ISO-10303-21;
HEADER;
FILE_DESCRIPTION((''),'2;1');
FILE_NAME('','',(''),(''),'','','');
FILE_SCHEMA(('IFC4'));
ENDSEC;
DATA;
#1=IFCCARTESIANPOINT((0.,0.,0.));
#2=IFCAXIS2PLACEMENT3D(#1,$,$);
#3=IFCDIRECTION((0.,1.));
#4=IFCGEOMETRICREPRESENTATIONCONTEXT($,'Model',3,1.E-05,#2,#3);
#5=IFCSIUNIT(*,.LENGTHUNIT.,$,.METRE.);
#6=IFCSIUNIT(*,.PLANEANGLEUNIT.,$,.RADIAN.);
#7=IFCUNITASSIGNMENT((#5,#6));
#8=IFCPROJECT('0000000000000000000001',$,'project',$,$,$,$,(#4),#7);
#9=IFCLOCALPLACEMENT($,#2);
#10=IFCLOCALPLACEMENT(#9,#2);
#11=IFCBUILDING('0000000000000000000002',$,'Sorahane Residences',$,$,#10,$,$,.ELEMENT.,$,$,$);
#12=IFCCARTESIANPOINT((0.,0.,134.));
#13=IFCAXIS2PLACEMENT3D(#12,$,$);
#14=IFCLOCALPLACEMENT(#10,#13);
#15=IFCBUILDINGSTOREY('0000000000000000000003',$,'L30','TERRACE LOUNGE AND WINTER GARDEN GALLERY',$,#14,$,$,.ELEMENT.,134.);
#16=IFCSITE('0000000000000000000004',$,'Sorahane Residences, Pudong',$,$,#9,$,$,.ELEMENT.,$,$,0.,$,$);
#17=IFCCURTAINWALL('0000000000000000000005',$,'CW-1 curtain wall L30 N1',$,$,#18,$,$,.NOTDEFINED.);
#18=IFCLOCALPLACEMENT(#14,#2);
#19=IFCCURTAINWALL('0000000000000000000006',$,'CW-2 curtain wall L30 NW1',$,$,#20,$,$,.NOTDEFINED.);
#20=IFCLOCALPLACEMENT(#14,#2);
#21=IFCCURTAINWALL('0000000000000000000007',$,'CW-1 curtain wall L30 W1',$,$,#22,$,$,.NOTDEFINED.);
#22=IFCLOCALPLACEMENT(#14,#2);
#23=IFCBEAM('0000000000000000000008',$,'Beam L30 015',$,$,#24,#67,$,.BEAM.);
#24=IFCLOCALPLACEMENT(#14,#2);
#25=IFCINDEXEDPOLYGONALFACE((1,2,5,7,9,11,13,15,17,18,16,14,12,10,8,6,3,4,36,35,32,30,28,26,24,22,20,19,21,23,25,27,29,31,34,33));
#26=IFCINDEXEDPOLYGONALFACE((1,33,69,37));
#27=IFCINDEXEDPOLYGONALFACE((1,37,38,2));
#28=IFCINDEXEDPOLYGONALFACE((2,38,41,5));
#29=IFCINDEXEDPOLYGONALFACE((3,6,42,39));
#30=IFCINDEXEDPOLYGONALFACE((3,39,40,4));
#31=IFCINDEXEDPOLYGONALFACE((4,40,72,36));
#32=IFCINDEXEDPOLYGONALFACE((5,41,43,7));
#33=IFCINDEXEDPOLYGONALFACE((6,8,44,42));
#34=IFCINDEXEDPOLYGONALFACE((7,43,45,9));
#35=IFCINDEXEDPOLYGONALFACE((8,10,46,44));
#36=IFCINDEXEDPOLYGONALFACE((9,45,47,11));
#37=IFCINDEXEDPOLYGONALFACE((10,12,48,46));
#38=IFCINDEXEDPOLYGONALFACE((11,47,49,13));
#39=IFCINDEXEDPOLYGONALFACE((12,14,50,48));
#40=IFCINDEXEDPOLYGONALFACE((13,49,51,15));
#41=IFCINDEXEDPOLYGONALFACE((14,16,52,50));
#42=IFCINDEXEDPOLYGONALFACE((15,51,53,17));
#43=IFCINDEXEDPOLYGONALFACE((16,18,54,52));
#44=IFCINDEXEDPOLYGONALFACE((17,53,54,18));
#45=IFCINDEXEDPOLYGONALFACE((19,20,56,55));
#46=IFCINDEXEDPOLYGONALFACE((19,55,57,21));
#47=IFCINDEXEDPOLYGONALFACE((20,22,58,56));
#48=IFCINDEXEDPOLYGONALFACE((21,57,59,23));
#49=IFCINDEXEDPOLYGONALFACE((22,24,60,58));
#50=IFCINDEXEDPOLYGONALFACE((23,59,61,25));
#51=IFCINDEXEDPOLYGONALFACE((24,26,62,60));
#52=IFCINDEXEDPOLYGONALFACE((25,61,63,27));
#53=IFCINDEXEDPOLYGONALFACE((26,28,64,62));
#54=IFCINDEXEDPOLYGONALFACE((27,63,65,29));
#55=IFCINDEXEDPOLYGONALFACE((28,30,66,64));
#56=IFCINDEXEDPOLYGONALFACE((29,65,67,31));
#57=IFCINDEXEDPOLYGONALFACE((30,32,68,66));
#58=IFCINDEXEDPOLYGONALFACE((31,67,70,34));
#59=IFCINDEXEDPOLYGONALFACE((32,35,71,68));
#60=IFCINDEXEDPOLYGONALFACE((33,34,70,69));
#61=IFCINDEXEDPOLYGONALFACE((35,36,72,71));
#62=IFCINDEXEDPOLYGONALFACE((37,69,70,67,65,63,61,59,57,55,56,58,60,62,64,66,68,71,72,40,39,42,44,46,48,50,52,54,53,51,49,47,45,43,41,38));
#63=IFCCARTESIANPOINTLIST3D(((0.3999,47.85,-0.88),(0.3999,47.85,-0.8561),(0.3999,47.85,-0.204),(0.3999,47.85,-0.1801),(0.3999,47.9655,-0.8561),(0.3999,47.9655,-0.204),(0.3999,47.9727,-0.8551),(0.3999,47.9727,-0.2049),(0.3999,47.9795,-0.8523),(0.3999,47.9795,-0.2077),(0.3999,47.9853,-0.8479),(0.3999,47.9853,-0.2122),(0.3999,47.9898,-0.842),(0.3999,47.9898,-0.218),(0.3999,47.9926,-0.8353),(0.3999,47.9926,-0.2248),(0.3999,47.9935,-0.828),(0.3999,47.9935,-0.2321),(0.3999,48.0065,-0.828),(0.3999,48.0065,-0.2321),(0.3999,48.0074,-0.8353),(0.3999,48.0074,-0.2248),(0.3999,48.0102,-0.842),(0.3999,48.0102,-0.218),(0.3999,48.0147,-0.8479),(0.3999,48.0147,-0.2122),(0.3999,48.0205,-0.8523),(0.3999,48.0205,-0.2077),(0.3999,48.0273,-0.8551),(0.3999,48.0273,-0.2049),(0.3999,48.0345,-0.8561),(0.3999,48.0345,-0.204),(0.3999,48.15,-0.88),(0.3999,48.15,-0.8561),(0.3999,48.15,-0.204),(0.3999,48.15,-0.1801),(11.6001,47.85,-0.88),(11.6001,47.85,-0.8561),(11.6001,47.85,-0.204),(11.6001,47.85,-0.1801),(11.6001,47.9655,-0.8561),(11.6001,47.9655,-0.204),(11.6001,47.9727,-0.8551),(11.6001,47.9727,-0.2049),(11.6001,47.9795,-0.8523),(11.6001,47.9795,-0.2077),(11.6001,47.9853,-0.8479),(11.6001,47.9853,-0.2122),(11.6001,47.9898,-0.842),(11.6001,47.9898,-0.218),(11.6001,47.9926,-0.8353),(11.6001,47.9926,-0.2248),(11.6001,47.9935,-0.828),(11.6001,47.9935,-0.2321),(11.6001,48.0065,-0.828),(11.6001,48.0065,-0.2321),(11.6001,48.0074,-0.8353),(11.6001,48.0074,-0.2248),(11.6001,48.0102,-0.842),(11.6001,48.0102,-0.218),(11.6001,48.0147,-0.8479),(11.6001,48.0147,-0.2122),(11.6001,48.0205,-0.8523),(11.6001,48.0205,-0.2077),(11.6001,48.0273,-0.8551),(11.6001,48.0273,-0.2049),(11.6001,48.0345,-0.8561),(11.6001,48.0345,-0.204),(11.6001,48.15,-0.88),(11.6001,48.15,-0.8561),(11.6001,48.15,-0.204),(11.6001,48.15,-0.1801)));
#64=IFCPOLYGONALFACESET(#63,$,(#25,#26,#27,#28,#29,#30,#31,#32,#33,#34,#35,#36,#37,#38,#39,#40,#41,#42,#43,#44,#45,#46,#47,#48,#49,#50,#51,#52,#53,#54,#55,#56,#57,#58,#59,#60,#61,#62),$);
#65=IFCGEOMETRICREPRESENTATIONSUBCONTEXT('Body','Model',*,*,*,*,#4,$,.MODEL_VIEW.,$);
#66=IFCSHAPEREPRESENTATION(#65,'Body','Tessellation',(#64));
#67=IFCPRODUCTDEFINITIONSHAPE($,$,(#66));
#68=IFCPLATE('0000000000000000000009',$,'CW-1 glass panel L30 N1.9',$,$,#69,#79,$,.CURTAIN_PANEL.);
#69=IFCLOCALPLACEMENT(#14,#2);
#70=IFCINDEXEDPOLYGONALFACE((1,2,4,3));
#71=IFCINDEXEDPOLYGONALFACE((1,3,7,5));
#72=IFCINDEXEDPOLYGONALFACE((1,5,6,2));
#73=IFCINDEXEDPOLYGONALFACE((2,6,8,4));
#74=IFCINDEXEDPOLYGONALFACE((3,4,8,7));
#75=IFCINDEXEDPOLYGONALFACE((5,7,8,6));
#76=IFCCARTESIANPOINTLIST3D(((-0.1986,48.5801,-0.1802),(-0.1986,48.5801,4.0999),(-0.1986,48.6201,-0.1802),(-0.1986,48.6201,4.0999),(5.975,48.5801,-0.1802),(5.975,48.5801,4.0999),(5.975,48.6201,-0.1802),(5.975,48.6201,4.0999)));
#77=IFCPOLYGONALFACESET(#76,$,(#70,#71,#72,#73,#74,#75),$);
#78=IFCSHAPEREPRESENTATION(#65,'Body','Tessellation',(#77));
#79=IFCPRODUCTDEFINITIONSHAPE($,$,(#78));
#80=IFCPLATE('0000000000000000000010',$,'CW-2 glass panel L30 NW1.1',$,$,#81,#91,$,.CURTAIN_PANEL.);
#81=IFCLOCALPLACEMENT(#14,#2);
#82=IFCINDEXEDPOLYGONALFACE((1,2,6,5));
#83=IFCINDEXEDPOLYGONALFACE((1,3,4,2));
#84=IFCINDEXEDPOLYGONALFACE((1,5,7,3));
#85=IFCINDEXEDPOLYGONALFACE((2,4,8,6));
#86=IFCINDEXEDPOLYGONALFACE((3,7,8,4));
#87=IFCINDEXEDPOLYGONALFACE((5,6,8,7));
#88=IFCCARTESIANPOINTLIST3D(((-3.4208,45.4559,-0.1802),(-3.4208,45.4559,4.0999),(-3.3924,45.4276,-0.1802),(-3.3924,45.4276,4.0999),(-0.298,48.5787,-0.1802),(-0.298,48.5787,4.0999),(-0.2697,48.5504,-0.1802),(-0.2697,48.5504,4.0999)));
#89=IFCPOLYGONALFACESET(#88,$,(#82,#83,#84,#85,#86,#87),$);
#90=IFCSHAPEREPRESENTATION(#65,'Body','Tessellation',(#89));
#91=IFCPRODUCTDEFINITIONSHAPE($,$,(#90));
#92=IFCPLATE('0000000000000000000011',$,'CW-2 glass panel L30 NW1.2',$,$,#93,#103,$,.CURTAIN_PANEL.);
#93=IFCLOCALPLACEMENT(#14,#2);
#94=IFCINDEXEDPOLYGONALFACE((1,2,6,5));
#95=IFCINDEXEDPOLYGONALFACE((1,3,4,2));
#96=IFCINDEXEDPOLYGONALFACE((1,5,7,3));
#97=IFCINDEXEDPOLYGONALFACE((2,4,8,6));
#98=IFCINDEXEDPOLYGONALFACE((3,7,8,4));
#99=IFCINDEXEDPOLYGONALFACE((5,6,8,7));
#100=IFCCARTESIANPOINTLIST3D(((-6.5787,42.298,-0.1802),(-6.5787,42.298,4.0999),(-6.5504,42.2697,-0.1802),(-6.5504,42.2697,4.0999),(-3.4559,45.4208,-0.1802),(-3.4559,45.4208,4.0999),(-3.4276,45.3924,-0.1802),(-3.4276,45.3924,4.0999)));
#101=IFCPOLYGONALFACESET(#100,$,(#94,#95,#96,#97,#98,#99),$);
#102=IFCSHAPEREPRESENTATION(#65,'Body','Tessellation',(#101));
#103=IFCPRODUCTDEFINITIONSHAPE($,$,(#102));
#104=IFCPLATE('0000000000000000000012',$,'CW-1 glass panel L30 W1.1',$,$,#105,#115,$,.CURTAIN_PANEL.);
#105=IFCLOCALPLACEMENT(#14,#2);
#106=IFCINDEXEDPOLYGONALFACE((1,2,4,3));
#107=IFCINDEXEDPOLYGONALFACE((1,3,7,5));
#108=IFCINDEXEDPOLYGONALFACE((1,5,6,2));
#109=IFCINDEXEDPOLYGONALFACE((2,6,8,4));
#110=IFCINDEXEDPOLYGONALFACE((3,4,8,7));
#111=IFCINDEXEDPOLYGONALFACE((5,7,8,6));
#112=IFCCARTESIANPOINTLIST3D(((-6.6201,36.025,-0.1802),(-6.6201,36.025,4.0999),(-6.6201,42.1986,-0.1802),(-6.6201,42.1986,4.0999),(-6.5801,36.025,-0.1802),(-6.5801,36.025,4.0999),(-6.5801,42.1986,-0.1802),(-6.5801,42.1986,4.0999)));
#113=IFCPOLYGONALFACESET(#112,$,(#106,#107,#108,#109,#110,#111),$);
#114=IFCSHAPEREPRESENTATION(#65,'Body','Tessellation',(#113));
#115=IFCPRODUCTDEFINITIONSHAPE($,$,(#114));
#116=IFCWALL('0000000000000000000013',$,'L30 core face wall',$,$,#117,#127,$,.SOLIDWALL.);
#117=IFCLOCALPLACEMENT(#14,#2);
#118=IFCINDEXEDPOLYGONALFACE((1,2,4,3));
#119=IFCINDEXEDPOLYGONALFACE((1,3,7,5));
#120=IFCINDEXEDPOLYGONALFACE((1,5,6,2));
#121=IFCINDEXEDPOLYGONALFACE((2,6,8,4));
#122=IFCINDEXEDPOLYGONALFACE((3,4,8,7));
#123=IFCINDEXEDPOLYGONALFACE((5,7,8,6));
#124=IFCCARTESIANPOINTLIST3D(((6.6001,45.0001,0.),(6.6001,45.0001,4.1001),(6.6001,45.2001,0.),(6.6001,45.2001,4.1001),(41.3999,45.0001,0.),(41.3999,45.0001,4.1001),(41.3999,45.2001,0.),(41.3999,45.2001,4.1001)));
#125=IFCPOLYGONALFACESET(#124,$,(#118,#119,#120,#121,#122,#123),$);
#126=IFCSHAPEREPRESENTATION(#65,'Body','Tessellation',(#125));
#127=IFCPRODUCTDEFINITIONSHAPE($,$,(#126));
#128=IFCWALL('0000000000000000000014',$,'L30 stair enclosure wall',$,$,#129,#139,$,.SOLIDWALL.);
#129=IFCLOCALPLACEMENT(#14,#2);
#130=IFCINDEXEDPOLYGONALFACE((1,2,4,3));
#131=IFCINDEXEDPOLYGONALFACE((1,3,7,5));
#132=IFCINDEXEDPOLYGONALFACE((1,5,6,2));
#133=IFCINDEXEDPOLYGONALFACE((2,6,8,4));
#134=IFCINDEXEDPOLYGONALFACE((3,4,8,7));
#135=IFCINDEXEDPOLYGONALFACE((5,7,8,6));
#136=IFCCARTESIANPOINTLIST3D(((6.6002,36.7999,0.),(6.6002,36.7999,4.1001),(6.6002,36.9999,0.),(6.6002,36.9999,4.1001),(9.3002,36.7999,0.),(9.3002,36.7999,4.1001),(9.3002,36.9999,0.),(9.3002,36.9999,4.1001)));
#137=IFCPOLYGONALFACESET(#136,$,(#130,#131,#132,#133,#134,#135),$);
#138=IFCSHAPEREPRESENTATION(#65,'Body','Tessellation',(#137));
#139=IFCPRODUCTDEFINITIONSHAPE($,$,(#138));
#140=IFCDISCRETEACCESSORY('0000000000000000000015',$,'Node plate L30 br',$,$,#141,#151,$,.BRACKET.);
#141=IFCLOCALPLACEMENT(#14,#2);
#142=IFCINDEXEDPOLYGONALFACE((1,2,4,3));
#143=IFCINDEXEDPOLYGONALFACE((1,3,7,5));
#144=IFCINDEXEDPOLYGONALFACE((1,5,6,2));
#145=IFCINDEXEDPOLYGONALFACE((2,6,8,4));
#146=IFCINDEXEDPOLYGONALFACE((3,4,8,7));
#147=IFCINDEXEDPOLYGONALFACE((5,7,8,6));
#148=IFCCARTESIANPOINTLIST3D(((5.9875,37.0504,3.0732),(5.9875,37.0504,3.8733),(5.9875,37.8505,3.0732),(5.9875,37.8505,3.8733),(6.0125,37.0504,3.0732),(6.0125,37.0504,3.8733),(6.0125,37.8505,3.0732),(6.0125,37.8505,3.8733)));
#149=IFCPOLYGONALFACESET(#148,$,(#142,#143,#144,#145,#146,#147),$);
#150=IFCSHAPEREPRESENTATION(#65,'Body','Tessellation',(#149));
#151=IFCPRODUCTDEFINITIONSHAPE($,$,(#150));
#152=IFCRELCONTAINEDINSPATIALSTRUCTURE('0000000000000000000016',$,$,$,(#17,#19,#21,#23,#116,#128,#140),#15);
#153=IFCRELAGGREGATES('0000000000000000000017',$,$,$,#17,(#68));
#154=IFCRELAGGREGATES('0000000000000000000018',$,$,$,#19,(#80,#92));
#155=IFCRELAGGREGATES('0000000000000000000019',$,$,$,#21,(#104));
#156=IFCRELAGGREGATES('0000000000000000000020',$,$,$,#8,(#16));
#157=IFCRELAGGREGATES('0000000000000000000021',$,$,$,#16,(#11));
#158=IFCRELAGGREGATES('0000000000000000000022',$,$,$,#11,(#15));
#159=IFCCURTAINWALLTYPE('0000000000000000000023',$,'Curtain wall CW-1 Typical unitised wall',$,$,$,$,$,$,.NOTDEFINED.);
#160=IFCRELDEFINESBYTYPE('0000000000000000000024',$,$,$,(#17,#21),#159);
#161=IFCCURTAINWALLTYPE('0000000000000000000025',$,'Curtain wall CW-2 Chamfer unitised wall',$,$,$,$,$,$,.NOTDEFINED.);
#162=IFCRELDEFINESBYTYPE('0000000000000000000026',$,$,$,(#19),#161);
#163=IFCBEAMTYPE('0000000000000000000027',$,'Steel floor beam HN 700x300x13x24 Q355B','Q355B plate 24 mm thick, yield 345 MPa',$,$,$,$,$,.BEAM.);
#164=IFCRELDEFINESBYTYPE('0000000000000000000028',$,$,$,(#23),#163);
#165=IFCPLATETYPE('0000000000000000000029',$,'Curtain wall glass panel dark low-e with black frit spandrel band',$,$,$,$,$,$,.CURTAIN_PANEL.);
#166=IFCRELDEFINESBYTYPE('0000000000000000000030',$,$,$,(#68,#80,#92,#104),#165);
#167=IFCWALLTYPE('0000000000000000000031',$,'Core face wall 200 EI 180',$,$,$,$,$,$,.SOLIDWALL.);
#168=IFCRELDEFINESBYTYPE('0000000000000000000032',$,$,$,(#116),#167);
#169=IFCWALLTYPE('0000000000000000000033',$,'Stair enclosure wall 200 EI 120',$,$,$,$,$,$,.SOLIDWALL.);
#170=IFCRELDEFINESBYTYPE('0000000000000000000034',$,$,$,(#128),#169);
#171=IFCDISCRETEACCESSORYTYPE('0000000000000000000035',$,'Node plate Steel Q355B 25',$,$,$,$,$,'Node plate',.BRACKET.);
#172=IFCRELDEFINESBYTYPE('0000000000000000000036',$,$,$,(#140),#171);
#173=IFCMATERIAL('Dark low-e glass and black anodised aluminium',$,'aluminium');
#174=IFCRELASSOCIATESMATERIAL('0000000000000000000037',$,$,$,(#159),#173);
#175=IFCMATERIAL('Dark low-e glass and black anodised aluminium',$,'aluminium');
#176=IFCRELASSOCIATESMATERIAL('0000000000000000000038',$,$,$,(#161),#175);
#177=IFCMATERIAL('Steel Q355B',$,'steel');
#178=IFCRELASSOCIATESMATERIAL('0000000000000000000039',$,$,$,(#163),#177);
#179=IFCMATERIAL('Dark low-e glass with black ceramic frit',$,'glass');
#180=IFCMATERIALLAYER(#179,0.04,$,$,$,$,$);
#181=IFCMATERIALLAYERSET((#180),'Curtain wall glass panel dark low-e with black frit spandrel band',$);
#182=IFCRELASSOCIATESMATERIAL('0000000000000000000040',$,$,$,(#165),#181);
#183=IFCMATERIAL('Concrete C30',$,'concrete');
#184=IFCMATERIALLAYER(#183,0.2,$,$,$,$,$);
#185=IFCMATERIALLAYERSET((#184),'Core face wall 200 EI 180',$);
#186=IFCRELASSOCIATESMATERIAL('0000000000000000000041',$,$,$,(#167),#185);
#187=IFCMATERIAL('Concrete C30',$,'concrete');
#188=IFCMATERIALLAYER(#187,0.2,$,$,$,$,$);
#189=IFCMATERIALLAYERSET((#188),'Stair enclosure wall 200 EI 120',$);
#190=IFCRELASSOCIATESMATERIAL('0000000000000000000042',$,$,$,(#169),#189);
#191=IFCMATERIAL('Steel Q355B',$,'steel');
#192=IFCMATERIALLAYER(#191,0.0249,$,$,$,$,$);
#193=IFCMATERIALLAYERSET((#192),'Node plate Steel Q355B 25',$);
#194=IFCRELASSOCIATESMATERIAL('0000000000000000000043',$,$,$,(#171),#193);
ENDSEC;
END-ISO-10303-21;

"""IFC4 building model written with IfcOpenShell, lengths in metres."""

from ifc_helpers import new_model, si_unit, direction, frame, frame_2d, origin, origin_2d, place, context, subcontext, project, spatial, rectangle, i_section, extrude, material, layer, layer_set, material_profile, profile_set, type_object, element, aggregate, save


model = new_model("IFC4")

# Units and contexts
model_context = context("Model", 3, precision=1e-05, world=origin(), true_north=direction((0.0, 1.0)))
body_context = subcontext(model_context, "Body", "Model", "MODEL_VIEW")
ifc_project = project(units=[si_unit("LENGTHUNIT", "METRE"), si_unit("PLANEANGLEUNIT", "RADIAN")], contexts=[model_context])

# Site, building, storey
site_placement = place(None, origin())
site = spatial("IfcSite", under=ifc_project, at=site_placement, Name="Sorahane Residences, Pudong", CompositionType="ELEMENT", RefElevation=0.0)
building_placement = place(site_placement, origin())
building = spatial("IfcBuilding", under=site, at=building_placement, Name="Sorahane Residences", CompositionType="ELEMENT")
storey_placement = place(building_placement, frame((0.0, 0.0, 134.0)))
storey = spatial("IfcBuildingStorey", under=building, at=storey_placement, Name="L30", Description="TERRACE LOUNGE AND WINTER GARDEN GALLERY", CompositionType="ELEMENT", Elevation=134.0)

# Curtain walls
ifc_material_1 = material(Name="Dark low-e glass and black anodised aluminium", Category="aluminium")
curtain_wall_type_1 = type_object("IfcCurtainWallType", Name="Curtain wall CW-1 Typical unitised wall", PredefinedType="NOTDEFINED", material=ifc_material_1)
curtain_wall_1_placement = place(storey_placement, origin())
curtain_wall_1 = element("IfcCurtainWall", 1, at=curtain_wall_1_placement, inside=storey, type_object=curtain_wall_type_1, Name="CW-1 curtain wall L30 N1", PredefinedType="NOTDEFINED")
ifc_material_2 = material(Name="Dark low-e glass and black anodised aluminium", Category="aluminium")
curtain_wall_type_2 = type_object("IfcCurtainWallType", Name="Curtain wall CW-2 Chamfer unitised wall", PredefinedType="NOTDEFINED", material=ifc_material_2)
curtain_wall_2_placement = place(storey_placement, origin())
curtain_wall_2 = element("IfcCurtainWall", 2, at=curtain_wall_2_placement, inside=storey, type_object=curtain_wall_type_2, Name="CW-2 curtain wall L30 NW1", PredefinedType="NOTDEFINED")

# Curtain wall
curtain_wall_3_placement = place(storey_placement, origin())
curtain_wall_3 = element("IfcCurtainWall", 3, at=curtain_wall_3_placement, inside=storey, type_object=curtain_wall_type_1, Name="CW-1 curtain wall L30 W1", PredefinedType="NOTDEFINED")

# Beam
ifc_material_3 = material(Name="Steel Q355B", Category="steel")
ifc_material_profile_1 = material_profile(ifc_material_3, i_section(OverallWidth=0.3, OverallDepth=0.7, WebThickness=0.0129, FlangeThickness=0.0239, FilletRadius=0.0281, at=origin_2d()), Name="HN 700x300x13x24")
ifc_profile_set_1 = profile_set([ifc_material_profile_1], Name="Steel Q355B")
beam_type_1 = type_object("IfcBeamType", Name="Steel floor beam HN 700x300x13x24 Q355B", Description="Q355B plate 24 mm thick, yield 345 MPa", PredefinedType="BEAM", material=ifc_profile_set_1)
beam_1_placement = place(storey_placement, frame((0.3999, 48.0, -0.53), z_axis=(1.0, 0.0, 0.0), x_axis=(0.0, 1.0, 0.0)))
element("IfcBeam", 4, at=beam_1_placement, inside=storey, type_object=beam_type_1, Name="Beam L30 015", PredefinedType="BEAM", context=body_context, shape_type="SweptSolid", body=[
    extrude(i_section(OverallWidth=0.3, OverallDepth=0.7, WebThickness=0.0129, FlangeThickness=0.0239, FilletRadius=0.0281, at=origin_2d()), origin(), (0.0, 0.0, 1.0), 11.2002),
])

# Plates
ifc_material_4 = material(Name="Dark low-e glass with black ceramic frit", Category="glass")
ifc_layer_1 = layer(ifc_material_4, 0.04)
ifc_layer_set_1 = layer_set([ifc_layer_1], Name="Curtain wall glass panel dark low-e with black frit spandrel band")
plate_type = type_object("IfcPlateType", Name="Curtain wall glass panel dark low-e with black frit spandrel band", PredefinedType="CURTAIN_PANEL", material=ifc_layer_set_1)
plate_1_placement = place(storey_placement, frame((2.8882, 48.6001, -0.1802), z_axis=(0.0, 0.0, 1.0), x_axis=(-1.0, 0.0, 0.0)))
plate_1 = element("IfcPlate", 5, at=plate_1_placement, type_object=plate_type, Name="CW-1 glass panel L30 N1.9", PredefinedType="CURTAIN_PANEL", context=body_context, shape_type="SweptSolid", body=[
    extrude(rectangle(XDim=6.1736, YDim=0.04, at=origin_2d()), origin(), (0.0, 0.0, 1.0), 4.28),
])
aggregate(curtain_wall_1, [plate_1])
plate_2_placement = place(storey_placement, frame((-1.8452, 47.0032, -0.1802), z_axis=(0.0, 0.0, 1.0), x_axis=(-0.707107, -0.707107, 0.0)))
plate_2 = element("IfcPlate", 6, at=plate_2_placement, type_object=plate_type, Name="CW-2 glass panel L30 NW1.1", PredefinedType="CURTAIN_PANEL", context=body_context, shape_type="SweptSolid", body=[
    extrude(rectangle(XDim=4.4163, YDim=0.04, at=origin_2d()), origin(), (0.0, 0.0, 1.0), 4.28),
])
plate_3_placement = place(storey_placement, frame((-5.0032, 43.8452, -0.1802), z_axis=(0.0, 0.0, 1.0), x_axis=(-0.707107, -0.707107, 0.0)))
plate_3 = element("IfcPlate", 7, at=plate_3_placement, type_object=plate_type, Name="CW-2 glass panel L30 NW1.2", PredefinedType="CURTAIN_PANEL", context=body_context, shape_type="SweptSolid", body=[
    extrude(rectangle(XDim=4.4163, YDim=0.04, at=origin_2d()), origin(), (0.0, 0.0, 1.0), 4.28),
])
aggregate(curtain_wall_2, [plate_2, plate_3])
plate_4_placement = place(storey_placement, frame((-6.6001, 39.1118, -0.1802), z_axis=(0.0, 0.0, 1.0), x_axis=(0.0, -1.0, 0.0)))
plate_4 = element("IfcPlate", 8, at=plate_4_placement, type_object=plate_type, Name="CW-1 glass panel L30 W1.1", PredefinedType="CURTAIN_PANEL", context=body_context, shape_type="SweptSolid", body=[
    extrude(rectangle(XDim=6.1736, YDim=0.04, at=origin_2d()), origin(), (0.0, 0.0, 1.0), 4.28),
])
aggregate(curtain_wall_3, [plate_4])

# Walls
ifc_material_5 = material(Name="Concrete C30", Category="concrete")
ifc_layer_2 = layer(ifc_material_5, 0.2)
ifc_layer_set_2 = layer_set([ifc_layer_2], Name="Core face wall 200 EI 180")
wall_type_1 = type_object("IfcWallType", Name="Core face wall 200 EI 180", PredefinedType="SOLIDWALL", material=ifc_layer_set_2)
wall_1_placement = place(storey_placement, frame((6.6001, 45.1001, 0.0), z_axis=(0.0, 0.0, 1.0), x_axis=(1.0, 0.0, 0.0)))
element("IfcWall", 9, at=wall_1_placement, inside=storey, type_object=wall_type_1, Name="L30 core face wall", PredefinedType="SOLIDWALL", context=body_context, shape_type="SweptSolid", body=[
    extrude(rectangle(XDim=34.7998, YDim=0.2, at=frame_2d((17.3999, 0.0))), origin(), (0.0, 0.0, 1.0), 4.1001),
])
ifc_material_6 = material(Name="Concrete C30", Category="concrete")
ifc_layer_3 = layer(ifc_material_6, 0.2)
ifc_layer_set_3 = layer_set([ifc_layer_3], Name="Stair enclosure wall 200 EI 120")
wall_type_2 = type_object("IfcWallType", Name="Stair enclosure wall 200 EI 120", PredefinedType="SOLIDWALL", material=ifc_layer_set_3)
wall_2_placement = place(storey_placement, frame((6.6001, 36.8999, 0.0), z_axis=(0.0, 0.0, 1.0), x_axis=(1.0, 0.0, 0.0)))
element("IfcWall", 10, at=wall_2_placement, inside=storey, type_object=wall_type_2, Name="L30 stair enclosure wall", PredefinedType="SOLIDWALL", context=body_context, shape_type="SweptSolid", body=[
    extrude(rectangle(XDim=2.7, YDim=0.2, at=frame_2d((1.3501, 0.0))), origin(), (0.0, 0.0, 1.0), 4.1001),
])

# Discrete accessory
ifc_material_7 = material(Name="Steel Q355B", Category="steel")
ifc_layer_4 = layer(ifc_material_7, 0.0249)
ifc_layer_set_4 = layer_set([ifc_layer_4], Name="Node plate Steel Q355B 25")
discrete_accessory_type = type_object("IfcDiscreteAccessoryType", Name="Node plate Steel Q355B 25", ElementType="Node plate", PredefinedType="BRACKET", material=ifc_layer_set_4)
discrete_accessory_placement = place(storey_placement, frame((6.0, 37.4504, 3.0732), z_axis=(0.0, 0.0, 1.0), x_axis=(0.0, 1.0, 0.0)))
element("IfcDiscreteAccessory", 11, at=discrete_accessory_placement, inside=storey, type_object=discrete_accessory_type, Name="Node plate L30 br", PredefinedType="BRACKET", context=body_context, shape_type="SweptSolid", body=[
    extrude(rectangle(XDim=0.8, YDim=0.0249, at=origin_2d()), origin(), (0.0, 0.0, 1.0), 0.8),
])

save(model, "model.ifc")
